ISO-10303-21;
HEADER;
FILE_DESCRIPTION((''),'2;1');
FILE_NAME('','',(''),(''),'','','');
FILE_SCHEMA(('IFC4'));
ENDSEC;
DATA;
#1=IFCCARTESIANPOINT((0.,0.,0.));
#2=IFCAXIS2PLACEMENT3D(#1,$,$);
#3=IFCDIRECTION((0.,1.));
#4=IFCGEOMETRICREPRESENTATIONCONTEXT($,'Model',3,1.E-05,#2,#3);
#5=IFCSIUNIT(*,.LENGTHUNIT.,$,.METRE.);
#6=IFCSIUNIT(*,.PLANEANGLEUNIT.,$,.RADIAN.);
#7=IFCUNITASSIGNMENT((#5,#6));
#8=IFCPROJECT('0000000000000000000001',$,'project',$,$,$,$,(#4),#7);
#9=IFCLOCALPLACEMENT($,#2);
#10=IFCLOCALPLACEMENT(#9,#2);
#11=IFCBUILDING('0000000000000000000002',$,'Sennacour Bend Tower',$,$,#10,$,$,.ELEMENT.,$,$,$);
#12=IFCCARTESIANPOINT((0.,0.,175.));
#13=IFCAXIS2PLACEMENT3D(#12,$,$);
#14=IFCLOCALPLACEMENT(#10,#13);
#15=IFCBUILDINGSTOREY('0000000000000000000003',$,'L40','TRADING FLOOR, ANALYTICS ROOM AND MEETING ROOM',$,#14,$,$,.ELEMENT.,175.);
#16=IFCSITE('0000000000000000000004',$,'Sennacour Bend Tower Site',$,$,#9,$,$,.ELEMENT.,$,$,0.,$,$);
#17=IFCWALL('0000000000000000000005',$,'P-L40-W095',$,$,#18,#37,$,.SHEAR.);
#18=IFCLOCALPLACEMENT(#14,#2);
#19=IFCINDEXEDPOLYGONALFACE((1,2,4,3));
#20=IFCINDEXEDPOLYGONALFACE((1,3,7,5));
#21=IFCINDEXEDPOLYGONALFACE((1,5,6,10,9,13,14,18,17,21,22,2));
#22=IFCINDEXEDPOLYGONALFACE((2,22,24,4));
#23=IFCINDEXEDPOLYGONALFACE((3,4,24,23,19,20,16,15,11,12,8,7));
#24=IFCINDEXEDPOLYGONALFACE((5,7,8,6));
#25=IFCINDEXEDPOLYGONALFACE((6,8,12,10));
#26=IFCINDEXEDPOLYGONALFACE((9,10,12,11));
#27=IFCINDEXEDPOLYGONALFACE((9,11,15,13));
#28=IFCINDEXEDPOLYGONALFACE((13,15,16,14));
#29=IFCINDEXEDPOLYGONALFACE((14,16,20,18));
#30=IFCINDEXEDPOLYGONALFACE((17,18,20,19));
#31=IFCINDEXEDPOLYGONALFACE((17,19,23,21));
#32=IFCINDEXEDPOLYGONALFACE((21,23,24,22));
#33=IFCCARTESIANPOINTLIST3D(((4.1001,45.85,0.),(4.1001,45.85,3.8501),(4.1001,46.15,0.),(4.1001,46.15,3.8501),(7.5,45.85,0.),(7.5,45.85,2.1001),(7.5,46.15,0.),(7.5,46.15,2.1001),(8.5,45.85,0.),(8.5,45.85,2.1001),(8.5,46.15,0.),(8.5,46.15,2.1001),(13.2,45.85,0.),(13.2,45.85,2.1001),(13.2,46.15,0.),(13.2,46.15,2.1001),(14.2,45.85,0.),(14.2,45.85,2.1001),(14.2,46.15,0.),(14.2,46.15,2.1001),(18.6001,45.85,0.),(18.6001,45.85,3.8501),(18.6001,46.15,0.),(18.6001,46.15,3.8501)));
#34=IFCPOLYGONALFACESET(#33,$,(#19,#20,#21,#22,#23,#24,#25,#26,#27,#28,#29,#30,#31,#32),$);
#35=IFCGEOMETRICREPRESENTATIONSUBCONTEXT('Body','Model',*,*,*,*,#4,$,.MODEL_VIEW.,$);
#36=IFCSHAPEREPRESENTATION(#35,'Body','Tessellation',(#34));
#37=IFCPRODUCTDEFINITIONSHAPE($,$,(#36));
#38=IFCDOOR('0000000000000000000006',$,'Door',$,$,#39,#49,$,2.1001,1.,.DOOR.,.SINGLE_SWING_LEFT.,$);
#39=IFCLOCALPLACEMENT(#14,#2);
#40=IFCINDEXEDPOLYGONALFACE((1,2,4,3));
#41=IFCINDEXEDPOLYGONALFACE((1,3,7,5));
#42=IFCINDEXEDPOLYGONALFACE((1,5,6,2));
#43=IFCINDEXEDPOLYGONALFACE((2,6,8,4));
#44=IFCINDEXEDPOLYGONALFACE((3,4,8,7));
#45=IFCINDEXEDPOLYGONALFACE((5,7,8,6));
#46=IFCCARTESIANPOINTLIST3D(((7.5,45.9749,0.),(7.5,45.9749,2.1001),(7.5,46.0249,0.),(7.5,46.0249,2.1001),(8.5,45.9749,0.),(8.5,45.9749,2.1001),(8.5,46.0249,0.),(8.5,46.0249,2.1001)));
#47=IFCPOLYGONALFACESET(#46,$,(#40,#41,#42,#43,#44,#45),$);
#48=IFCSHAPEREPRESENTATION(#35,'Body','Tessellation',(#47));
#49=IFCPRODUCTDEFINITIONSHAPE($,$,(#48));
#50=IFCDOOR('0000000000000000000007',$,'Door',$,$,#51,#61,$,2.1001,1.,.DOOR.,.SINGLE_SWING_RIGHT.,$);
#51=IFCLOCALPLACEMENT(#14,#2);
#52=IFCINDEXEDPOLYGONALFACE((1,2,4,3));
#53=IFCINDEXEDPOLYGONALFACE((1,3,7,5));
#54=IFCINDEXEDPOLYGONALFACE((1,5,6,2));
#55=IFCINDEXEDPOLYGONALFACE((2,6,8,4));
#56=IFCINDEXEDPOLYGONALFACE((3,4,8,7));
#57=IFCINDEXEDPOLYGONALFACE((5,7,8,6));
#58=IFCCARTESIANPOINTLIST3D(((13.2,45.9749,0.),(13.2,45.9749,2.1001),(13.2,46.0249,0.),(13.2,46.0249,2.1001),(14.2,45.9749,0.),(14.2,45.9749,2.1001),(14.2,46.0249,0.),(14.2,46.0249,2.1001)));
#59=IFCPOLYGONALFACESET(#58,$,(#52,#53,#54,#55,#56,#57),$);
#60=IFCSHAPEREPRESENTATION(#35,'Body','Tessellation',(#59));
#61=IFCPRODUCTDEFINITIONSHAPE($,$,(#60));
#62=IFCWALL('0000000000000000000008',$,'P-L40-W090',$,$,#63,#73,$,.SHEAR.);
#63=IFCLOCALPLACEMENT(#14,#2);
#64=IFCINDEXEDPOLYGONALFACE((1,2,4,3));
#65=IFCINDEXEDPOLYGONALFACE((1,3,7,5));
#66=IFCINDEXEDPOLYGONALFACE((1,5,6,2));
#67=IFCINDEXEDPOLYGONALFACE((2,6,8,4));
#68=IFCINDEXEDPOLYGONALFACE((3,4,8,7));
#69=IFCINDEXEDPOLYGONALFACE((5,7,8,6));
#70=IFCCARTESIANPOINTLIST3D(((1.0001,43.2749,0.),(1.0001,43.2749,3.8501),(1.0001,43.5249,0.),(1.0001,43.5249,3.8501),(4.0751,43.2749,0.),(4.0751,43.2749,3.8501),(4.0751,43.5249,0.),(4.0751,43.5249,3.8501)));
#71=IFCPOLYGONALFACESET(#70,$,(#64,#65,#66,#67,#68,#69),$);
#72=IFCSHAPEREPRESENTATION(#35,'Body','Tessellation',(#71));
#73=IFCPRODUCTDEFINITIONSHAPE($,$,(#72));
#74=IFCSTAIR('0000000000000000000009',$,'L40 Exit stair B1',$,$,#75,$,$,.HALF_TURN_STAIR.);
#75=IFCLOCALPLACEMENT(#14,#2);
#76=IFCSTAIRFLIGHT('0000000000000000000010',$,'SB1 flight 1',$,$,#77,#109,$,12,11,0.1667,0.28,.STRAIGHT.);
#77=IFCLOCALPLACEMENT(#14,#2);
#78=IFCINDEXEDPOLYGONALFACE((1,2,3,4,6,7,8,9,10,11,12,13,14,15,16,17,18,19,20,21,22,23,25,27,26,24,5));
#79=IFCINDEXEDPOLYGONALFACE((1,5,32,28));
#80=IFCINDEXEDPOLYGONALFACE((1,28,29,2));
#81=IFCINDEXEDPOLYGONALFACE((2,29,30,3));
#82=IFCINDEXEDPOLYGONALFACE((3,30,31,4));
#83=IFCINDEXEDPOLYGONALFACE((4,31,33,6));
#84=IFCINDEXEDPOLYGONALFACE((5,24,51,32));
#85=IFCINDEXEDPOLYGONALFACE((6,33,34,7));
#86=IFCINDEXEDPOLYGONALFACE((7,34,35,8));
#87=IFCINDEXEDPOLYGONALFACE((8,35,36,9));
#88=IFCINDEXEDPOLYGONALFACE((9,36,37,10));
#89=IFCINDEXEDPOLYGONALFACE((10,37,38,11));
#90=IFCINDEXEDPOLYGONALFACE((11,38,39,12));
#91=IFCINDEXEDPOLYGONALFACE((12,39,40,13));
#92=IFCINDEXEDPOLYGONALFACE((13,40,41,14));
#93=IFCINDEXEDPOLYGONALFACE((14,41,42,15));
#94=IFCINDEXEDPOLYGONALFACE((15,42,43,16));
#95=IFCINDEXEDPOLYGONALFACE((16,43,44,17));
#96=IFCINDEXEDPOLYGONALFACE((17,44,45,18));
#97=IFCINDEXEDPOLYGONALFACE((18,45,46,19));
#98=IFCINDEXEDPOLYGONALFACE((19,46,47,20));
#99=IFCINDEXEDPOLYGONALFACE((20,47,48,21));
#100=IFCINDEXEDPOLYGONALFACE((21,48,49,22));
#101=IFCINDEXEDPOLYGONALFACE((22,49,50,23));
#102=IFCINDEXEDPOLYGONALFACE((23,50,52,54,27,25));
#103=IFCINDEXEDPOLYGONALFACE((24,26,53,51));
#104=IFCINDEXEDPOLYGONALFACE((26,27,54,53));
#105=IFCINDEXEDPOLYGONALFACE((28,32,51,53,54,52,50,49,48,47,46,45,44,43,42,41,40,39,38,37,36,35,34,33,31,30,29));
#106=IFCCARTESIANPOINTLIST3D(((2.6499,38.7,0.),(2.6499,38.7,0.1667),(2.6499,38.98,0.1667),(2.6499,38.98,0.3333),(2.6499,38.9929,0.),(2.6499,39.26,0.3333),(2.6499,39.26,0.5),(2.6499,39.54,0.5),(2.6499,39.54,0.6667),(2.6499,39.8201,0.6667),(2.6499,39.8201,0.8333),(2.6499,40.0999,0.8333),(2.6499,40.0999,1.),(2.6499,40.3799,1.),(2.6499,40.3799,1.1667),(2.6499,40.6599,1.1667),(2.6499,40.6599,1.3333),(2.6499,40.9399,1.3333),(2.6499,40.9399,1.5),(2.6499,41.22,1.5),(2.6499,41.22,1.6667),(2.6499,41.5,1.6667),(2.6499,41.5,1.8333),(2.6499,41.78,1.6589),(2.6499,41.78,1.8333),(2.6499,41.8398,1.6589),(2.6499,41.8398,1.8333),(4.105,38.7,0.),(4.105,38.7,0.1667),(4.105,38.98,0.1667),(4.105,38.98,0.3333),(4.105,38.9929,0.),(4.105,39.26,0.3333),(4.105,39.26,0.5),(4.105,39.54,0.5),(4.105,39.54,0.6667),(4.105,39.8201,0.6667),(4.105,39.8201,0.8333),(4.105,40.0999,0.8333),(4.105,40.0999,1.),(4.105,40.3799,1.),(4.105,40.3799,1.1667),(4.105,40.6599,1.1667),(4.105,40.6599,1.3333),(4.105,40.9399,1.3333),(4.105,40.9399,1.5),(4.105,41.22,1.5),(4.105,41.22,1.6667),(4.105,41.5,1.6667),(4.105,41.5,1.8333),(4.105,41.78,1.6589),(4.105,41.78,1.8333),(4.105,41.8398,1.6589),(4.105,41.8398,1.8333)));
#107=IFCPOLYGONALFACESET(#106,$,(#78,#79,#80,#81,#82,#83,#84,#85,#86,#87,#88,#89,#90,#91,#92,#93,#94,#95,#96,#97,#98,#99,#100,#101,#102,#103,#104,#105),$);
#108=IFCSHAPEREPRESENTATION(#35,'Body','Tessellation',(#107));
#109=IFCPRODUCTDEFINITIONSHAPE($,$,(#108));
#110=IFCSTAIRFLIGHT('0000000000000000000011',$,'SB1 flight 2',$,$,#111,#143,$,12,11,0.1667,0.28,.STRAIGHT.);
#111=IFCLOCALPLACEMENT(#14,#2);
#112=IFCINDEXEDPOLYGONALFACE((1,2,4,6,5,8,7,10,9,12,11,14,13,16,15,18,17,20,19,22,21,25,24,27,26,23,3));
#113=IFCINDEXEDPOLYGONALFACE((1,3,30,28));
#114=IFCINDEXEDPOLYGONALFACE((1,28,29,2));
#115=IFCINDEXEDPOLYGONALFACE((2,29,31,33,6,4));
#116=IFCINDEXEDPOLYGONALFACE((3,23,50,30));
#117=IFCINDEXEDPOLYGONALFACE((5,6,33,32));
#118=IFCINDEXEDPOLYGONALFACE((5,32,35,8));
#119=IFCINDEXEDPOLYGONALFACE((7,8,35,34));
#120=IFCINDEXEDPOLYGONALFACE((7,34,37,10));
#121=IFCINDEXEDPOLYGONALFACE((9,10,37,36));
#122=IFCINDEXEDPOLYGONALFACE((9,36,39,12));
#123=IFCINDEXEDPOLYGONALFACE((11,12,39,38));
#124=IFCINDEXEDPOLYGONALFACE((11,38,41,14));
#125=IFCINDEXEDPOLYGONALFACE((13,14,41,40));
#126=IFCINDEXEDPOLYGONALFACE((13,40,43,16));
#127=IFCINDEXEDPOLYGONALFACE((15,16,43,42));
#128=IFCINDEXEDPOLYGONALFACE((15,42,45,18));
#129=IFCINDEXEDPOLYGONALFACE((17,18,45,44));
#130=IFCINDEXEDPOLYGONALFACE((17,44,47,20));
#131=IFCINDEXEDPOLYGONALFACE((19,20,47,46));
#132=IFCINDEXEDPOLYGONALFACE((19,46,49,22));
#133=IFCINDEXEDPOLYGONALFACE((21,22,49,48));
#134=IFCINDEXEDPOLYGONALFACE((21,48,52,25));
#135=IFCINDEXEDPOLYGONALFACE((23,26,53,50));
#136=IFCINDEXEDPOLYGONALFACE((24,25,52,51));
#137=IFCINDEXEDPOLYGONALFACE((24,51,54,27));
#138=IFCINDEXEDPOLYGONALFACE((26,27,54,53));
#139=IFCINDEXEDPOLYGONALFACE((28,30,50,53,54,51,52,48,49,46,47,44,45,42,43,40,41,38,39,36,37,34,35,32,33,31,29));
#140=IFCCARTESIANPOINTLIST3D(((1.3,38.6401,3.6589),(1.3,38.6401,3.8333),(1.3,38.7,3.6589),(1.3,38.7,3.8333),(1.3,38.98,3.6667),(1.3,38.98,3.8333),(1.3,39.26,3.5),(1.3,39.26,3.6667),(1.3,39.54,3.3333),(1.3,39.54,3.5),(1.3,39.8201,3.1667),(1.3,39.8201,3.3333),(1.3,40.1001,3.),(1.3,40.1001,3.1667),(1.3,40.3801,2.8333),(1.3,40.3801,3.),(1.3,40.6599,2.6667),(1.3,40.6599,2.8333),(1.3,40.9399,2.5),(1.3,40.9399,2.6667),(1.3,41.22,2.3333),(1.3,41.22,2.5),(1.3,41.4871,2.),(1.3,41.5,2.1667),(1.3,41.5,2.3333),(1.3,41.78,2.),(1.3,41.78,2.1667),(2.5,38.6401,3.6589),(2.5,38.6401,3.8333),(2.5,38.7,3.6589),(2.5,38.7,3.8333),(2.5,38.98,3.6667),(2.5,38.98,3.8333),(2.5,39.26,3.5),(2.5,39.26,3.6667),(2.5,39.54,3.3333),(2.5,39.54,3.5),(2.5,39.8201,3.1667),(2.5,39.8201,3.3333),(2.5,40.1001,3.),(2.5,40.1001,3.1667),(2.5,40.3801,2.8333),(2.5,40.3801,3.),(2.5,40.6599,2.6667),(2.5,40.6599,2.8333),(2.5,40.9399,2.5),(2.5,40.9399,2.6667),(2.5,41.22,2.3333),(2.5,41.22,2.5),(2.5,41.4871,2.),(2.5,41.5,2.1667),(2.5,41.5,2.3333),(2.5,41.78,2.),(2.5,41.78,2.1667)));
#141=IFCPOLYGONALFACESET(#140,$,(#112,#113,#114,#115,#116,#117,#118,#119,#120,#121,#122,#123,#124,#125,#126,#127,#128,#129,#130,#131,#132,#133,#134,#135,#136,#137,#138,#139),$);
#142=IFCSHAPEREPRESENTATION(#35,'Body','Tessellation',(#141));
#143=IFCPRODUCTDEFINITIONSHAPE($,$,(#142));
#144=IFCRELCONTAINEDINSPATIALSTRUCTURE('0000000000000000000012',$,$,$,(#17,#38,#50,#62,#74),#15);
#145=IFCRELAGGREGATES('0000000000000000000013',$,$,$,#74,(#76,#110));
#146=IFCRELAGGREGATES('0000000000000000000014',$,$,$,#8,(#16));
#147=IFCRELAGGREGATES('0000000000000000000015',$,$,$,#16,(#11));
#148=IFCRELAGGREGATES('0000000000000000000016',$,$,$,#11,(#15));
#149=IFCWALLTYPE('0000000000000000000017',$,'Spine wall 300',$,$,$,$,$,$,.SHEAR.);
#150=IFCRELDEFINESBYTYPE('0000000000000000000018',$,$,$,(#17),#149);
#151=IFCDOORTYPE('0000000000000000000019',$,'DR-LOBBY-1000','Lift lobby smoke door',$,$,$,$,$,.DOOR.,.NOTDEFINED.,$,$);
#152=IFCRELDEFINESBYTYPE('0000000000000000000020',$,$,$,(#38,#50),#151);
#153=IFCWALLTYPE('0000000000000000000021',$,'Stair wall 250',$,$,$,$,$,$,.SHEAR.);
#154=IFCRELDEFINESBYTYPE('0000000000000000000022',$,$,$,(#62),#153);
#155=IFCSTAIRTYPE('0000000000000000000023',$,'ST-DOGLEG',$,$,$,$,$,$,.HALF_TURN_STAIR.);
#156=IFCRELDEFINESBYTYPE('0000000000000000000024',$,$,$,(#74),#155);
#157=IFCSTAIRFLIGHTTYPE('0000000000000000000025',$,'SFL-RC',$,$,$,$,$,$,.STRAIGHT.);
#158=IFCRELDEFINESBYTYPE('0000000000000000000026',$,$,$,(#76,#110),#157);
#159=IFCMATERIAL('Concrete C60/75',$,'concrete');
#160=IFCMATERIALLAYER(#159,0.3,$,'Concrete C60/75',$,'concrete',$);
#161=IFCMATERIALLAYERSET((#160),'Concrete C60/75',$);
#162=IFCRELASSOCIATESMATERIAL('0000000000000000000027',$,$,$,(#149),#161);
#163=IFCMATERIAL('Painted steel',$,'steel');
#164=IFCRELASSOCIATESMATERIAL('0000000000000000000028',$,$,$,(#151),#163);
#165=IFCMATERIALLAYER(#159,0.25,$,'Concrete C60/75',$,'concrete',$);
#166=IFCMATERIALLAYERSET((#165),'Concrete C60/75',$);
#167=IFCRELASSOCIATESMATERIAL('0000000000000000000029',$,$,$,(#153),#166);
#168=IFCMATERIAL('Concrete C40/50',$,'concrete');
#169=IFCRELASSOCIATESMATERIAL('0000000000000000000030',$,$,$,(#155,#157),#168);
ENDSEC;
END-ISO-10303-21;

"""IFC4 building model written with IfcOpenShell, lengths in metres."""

from ifc_helpers import new_model, si_unit, direction, frame, frame_2d, origin, place, context, subcontext, project, spatial, polyline, rectangle, outline, extrude, material, layer, layer_set, type_object, element, fill, aggregate, save


model = new_model("IFC4")

# Units and contexts
model_context = context("Model", 3, precision=1e-05, world=origin(), true_north=direction((0.0, 1.0)))
body_context = subcontext(model_context, "Body", "Model", "MODEL_VIEW")
ifc_project = project(units=[si_unit("LENGTHUNIT", "METRE"), si_unit("PLANEANGLEUNIT", "RADIAN")], contexts=[model_context])

# Site, building, storey
site_placement = place(None, origin())
site = spatial("IfcSite", under=ifc_project, at=site_placement, Name="Sennacour Bend Tower Site", CompositionType="ELEMENT", RefElevation=0.0)
building_placement = place(site_placement, origin())
building = spatial("IfcBuilding", under=site, at=building_placement, Name="Sennacour Bend Tower", CompositionType="ELEMENT")
storey_placement = place(building_placement, frame((0.0, 0.0, 175.0)))
storey = spatial("IfcBuildingStorey", under=building, at=storey_placement, Name="L40", Description="TRADING FLOOR, ANALYTICS ROOM AND MEETING ROOM", CompositionType="ELEMENT", Elevation=175.0)

# Shared definitions
ifc_material_1 = material(Name="Concrete C60/75", Category="concrete")

# Shared definitions
ifc_material_2 = material(Name="Painted steel", Category="steel")

# Wall, openings, doors
ifc_layer_1 = layer(ifc_material_1, 0.3, Name="Concrete C60/75", Category="concrete")
ifc_layer_set_1 = layer_set([ifc_layer_1], Name="Concrete C60/75")
wall_type_1 = type_object("IfcWallType", Name="Spine wall 300", PredefinedType="SHEAR", material=ifc_layer_set_1)
wall_1_placement = place(storey_placement, frame((4.1001, 46.0, 0.0), z_axis=(0.0, 0.0, 1.0), x_axis=(1.0, 0.0, 0.0)))
wall_1 = element("IfcWall", 1, at=wall_1_placement, inside=storey, type_object=wall_type_1, Name="P-L40-W095", PredefinedType="SHEAR", context=body_context, shape_type="SweptSolid", body=[
    extrude(rectangle(XDim=14.5, YDim=0.3, at=frame_2d((7.25, 0.0))), origin(), (0.0, 0.0, 1.0), 3.8501),
])
opening_1_placement = place(wall_1_placement, frame((3.3999, 0.0, 0.0)))
opening_1 = element("IfcOpeningElement", 2, at=opening_1_placement, cuts=wall_1, PredefinedType="OPENING", context=body_context, shape_type="SweptSolid", body=[
    extrude(rectangle(XDim=1.0, YDim=2.1001, at=frame_2d((0.5, 1.05))), frame((0.0, 0.1602, 0.0), z_axis=(0.0, -1.0, 0.0), x_axis=(1.0, 0.0, 0.0)), (0.0, 0.0, 1.0), 0.3201),
])
opening_2_placement = place(wall_1_placement, frame((9.0999, 0.0, 0.0)))
opening_2 = element("IfcOpeningElement", 3, at=opening_2_placement, cuts=wall_1, PredefinedType="OPENING", context=body_context, shape_type="SweptSolid", body=[
    extrude(rectangle(XDim=1.0, YDim=2.1001, at=frame_2d((0.5, 1.05))), frame((0.0, 0.1602, 0.0), z_axis=(0.0, -1.0, 0.0), x_axis=(1.0, 0.0, 0.0)), (0.0, 0.0, 1.0), 0.3201),
])
door_type_1 = type_object("IfcDoorType", Name="DR-LOBBY-1000", Description="Lift lobby smoke door", OperationType="NOTDEFINED", PredefinedType="DOOR", material=ifc_material_2)
door_1_placement = place(opening_1_placement, origin())
door_1 = element("IfcDoor", 4, at=door_1_placement, inside=storey, type_object=door_type_1, Name="Door", OperationType="SINGLE_SWING_LEFT", OverallHeight=2.1001, OverallWidth=1.0, PredefinedType="DOOR", context=body_context, shape_type="SweptSolid", body=[
    extrude(rectangle(XDim=1.0, YDim=2.1001, at=frame_2d((0.5, 1.05))), frame((0.0, 0.0249, 0.0), z_axis=(0.0, -1.0, 0.0), x_axis=(1.0, 0.0, 0.0)), (0.0, 0.0, 1.0), 0.05),
])
fill(opening_1, door_1)
door_2_placement = place(opening_2_placement, origin())
door_2 = element("IfcDoor", 5, at=door_2_placement, inside=storey, type_object=door_type_1, Name="Door", OperationType="SINGLE_SWING_RIGHT", OverallHeight=2.1001, OverallWidth=1.0, PredefinedType="DOOR", context=body_context, shape_type="SweptSolid", body=[
    extrude(rectangle(XDim=1.0, YDim=2.1001, at=frame_2d((0.5, 1.05))), frame((0.0, 0.0249, 0.0), z_axis=(0.0, -1.0, 0.0), x_axis=(1.0, 0.0, 0.0)), (0.0, 0.0, 1.0), 0.05),
])
fill(opening_2, door_2)

# Wall
ifc_layer_2 = layer(ifc_material_1, 0.25, Name="Concrete C60/75", Category="concrete")
ifc_layer_set_2 = layer_set([ifc_layer_2], Name="Concrete C60/75")
wall_type_2 = type_object("IfcWallType", Name="Stair wall 250", PredefinedType="SHEAR", material=ifc_layer_set_2)
wall_2_placement = place(storey_placement, frame((1.0, 43.3999, 0.0), z_axis=(0.0, 0.0, 1.0), x_axis=(1.0, 0.0, 0.0)))
element("IfcWall", 6, at=wall_2_placement, inside=storey, type_object=wall_type_2, Name="P-L40-W090", PredefinedType="SHEAR", context=body_context, shape_type="SweptSolid", body=[
    extrude(rectangle(XDim=3.075, YDim=0.25, at=frame_2d((1.5376, 0.0))), origin(), (0.0, 0.0, 1.0), 3.8501),
])

# Stair, stair flights
ifc_material_3 = material(Name="Concrete C40/50", Category="concrete")
stair_type = type_object("IfcStairType", Name="ST-DOGLEG", PredefinedType="HALF_TURN_STAIR", material=ifc_material_3)
stair_placement = place(storey_placement, origin())
stair = element("IfcStair", 7, at=stair_placement, inside=storey, type_object=stair_type, Name="L40 Exit stair B1", PredefinedType="HALF_TURN_STAIR")
stair_flight_type = type_object("IfcStairFlightType", Name="SFL-RC", PredefinedType="STRAIGHT", material=ifc_material_3)
stair_flight_1_placement = place(storey_placement, frame((3.3774, 38.7, 0.0), z_axis=(0.0, 0.0, 1.0), x_axis=(0.0, 1.0, 0.0)))
stair_flight_1 = element("IfcStairFlight", 8, at=stair_flight_1_placement, type_object=stair_flight_type, Name="SB1 flight 1", NumberOfRisers=12, NumberOfTreads=11, PredefinedType="STRAIGHT", RiserHeight=0.1667, TreadLength=0.28, context=body_context, shape_type="SweptSolid", body=[
    extrude(outline(polyline([(0.0, 0.0), (0.0, 0.1667), (0.28, 0.1667), (0.28, 0.3333), (0.5601, 0.3333), (0.5601, 0.5), (0.8401, 0.5), (0.8401, 0.6667), (1.1201, 0.6667), (1.1201, 0.8333), (1.3999, 0.8333), (1.3999, 1.0), (1.6799, 1.0), (1.6799, 1.1667), (1.96, 1.1667), (1.96, 1.3333), (2.24, 1.3333), (2.24, 1.5), (2.52, 1.5), (2.52, 1.6667), (2.8, 1.6667), (2.8, 1.8333), (3.0801, 1.8333), (3.1399, 1.8333), (3.1399, 1.6589), (3.0801, 1.6589), (0.293, 0.0), (0.0, 0.0)])), frame((0.0, 0.7275, 0.0), z_axis=(0.0, -1.0, 0.0), x_axis=(1.0, 0.0, 0.0)), (0.0, 0.0, 1.0), 1.4551),
])
stair_flight_2_placement = place(storey_placement, frame((1.8999, 41.78, 2.0), z_axis=(0.0, 0.0, 1.0), x_axis=(0.0, -1.0, 0.0)))
stair_flight_2 = element("IfcStairFlight", 9, at=stair_flight_2_placement, type_object=stair_flight_type, Name="SB1 flight 2", NumberOfRisers=12, NumberOfTreads=11, PredefinedType="STRAIGHT", RiserHeight=0.1667, TreadLength=0.28, context=body_context, shape_type="SweptSolid", body=[
    extrude(outline(polyline([(0.0, 0.0), (0.0, 0.1667), (0.28, 0.1667), (0.28, 0.3333), (0.5601, 0.3333), (0.5601, 0.5), (0.8401, 0.5), (0.8401, 0.6667), (1.1201, 0.6667), (1.1201, 0.8333), (1.3999, 0.8333), (1.3999, 1.0), (1.6799, 1.0), (1.6799, 1.1667), (1.96, 1.1667), (1.96, 1.3333), (2.24, 1.3333), (2.24, 1.5), (2.52, 1.5), (2.52, 1.6667), (2.8, 1.6667), (2.8, 1.8333), (3.0801, 1.8333), (3.1399, 1.8333), (3.1399, 1.6589), (3.0801, 1.6589), (0.293, 0.0), (0.0, 0.0)])), frame((0.0, 0.6001, 0.0), z_axis=(0.0, -1.0, 0.0), x_axis=(1.0, 0.0, 0.0)), (0.0, 0.0, 1.0), 1.2),
])
aggregate(stair, [stair_flight_1, stair_flight_2])

save(model, "model.ifc")
